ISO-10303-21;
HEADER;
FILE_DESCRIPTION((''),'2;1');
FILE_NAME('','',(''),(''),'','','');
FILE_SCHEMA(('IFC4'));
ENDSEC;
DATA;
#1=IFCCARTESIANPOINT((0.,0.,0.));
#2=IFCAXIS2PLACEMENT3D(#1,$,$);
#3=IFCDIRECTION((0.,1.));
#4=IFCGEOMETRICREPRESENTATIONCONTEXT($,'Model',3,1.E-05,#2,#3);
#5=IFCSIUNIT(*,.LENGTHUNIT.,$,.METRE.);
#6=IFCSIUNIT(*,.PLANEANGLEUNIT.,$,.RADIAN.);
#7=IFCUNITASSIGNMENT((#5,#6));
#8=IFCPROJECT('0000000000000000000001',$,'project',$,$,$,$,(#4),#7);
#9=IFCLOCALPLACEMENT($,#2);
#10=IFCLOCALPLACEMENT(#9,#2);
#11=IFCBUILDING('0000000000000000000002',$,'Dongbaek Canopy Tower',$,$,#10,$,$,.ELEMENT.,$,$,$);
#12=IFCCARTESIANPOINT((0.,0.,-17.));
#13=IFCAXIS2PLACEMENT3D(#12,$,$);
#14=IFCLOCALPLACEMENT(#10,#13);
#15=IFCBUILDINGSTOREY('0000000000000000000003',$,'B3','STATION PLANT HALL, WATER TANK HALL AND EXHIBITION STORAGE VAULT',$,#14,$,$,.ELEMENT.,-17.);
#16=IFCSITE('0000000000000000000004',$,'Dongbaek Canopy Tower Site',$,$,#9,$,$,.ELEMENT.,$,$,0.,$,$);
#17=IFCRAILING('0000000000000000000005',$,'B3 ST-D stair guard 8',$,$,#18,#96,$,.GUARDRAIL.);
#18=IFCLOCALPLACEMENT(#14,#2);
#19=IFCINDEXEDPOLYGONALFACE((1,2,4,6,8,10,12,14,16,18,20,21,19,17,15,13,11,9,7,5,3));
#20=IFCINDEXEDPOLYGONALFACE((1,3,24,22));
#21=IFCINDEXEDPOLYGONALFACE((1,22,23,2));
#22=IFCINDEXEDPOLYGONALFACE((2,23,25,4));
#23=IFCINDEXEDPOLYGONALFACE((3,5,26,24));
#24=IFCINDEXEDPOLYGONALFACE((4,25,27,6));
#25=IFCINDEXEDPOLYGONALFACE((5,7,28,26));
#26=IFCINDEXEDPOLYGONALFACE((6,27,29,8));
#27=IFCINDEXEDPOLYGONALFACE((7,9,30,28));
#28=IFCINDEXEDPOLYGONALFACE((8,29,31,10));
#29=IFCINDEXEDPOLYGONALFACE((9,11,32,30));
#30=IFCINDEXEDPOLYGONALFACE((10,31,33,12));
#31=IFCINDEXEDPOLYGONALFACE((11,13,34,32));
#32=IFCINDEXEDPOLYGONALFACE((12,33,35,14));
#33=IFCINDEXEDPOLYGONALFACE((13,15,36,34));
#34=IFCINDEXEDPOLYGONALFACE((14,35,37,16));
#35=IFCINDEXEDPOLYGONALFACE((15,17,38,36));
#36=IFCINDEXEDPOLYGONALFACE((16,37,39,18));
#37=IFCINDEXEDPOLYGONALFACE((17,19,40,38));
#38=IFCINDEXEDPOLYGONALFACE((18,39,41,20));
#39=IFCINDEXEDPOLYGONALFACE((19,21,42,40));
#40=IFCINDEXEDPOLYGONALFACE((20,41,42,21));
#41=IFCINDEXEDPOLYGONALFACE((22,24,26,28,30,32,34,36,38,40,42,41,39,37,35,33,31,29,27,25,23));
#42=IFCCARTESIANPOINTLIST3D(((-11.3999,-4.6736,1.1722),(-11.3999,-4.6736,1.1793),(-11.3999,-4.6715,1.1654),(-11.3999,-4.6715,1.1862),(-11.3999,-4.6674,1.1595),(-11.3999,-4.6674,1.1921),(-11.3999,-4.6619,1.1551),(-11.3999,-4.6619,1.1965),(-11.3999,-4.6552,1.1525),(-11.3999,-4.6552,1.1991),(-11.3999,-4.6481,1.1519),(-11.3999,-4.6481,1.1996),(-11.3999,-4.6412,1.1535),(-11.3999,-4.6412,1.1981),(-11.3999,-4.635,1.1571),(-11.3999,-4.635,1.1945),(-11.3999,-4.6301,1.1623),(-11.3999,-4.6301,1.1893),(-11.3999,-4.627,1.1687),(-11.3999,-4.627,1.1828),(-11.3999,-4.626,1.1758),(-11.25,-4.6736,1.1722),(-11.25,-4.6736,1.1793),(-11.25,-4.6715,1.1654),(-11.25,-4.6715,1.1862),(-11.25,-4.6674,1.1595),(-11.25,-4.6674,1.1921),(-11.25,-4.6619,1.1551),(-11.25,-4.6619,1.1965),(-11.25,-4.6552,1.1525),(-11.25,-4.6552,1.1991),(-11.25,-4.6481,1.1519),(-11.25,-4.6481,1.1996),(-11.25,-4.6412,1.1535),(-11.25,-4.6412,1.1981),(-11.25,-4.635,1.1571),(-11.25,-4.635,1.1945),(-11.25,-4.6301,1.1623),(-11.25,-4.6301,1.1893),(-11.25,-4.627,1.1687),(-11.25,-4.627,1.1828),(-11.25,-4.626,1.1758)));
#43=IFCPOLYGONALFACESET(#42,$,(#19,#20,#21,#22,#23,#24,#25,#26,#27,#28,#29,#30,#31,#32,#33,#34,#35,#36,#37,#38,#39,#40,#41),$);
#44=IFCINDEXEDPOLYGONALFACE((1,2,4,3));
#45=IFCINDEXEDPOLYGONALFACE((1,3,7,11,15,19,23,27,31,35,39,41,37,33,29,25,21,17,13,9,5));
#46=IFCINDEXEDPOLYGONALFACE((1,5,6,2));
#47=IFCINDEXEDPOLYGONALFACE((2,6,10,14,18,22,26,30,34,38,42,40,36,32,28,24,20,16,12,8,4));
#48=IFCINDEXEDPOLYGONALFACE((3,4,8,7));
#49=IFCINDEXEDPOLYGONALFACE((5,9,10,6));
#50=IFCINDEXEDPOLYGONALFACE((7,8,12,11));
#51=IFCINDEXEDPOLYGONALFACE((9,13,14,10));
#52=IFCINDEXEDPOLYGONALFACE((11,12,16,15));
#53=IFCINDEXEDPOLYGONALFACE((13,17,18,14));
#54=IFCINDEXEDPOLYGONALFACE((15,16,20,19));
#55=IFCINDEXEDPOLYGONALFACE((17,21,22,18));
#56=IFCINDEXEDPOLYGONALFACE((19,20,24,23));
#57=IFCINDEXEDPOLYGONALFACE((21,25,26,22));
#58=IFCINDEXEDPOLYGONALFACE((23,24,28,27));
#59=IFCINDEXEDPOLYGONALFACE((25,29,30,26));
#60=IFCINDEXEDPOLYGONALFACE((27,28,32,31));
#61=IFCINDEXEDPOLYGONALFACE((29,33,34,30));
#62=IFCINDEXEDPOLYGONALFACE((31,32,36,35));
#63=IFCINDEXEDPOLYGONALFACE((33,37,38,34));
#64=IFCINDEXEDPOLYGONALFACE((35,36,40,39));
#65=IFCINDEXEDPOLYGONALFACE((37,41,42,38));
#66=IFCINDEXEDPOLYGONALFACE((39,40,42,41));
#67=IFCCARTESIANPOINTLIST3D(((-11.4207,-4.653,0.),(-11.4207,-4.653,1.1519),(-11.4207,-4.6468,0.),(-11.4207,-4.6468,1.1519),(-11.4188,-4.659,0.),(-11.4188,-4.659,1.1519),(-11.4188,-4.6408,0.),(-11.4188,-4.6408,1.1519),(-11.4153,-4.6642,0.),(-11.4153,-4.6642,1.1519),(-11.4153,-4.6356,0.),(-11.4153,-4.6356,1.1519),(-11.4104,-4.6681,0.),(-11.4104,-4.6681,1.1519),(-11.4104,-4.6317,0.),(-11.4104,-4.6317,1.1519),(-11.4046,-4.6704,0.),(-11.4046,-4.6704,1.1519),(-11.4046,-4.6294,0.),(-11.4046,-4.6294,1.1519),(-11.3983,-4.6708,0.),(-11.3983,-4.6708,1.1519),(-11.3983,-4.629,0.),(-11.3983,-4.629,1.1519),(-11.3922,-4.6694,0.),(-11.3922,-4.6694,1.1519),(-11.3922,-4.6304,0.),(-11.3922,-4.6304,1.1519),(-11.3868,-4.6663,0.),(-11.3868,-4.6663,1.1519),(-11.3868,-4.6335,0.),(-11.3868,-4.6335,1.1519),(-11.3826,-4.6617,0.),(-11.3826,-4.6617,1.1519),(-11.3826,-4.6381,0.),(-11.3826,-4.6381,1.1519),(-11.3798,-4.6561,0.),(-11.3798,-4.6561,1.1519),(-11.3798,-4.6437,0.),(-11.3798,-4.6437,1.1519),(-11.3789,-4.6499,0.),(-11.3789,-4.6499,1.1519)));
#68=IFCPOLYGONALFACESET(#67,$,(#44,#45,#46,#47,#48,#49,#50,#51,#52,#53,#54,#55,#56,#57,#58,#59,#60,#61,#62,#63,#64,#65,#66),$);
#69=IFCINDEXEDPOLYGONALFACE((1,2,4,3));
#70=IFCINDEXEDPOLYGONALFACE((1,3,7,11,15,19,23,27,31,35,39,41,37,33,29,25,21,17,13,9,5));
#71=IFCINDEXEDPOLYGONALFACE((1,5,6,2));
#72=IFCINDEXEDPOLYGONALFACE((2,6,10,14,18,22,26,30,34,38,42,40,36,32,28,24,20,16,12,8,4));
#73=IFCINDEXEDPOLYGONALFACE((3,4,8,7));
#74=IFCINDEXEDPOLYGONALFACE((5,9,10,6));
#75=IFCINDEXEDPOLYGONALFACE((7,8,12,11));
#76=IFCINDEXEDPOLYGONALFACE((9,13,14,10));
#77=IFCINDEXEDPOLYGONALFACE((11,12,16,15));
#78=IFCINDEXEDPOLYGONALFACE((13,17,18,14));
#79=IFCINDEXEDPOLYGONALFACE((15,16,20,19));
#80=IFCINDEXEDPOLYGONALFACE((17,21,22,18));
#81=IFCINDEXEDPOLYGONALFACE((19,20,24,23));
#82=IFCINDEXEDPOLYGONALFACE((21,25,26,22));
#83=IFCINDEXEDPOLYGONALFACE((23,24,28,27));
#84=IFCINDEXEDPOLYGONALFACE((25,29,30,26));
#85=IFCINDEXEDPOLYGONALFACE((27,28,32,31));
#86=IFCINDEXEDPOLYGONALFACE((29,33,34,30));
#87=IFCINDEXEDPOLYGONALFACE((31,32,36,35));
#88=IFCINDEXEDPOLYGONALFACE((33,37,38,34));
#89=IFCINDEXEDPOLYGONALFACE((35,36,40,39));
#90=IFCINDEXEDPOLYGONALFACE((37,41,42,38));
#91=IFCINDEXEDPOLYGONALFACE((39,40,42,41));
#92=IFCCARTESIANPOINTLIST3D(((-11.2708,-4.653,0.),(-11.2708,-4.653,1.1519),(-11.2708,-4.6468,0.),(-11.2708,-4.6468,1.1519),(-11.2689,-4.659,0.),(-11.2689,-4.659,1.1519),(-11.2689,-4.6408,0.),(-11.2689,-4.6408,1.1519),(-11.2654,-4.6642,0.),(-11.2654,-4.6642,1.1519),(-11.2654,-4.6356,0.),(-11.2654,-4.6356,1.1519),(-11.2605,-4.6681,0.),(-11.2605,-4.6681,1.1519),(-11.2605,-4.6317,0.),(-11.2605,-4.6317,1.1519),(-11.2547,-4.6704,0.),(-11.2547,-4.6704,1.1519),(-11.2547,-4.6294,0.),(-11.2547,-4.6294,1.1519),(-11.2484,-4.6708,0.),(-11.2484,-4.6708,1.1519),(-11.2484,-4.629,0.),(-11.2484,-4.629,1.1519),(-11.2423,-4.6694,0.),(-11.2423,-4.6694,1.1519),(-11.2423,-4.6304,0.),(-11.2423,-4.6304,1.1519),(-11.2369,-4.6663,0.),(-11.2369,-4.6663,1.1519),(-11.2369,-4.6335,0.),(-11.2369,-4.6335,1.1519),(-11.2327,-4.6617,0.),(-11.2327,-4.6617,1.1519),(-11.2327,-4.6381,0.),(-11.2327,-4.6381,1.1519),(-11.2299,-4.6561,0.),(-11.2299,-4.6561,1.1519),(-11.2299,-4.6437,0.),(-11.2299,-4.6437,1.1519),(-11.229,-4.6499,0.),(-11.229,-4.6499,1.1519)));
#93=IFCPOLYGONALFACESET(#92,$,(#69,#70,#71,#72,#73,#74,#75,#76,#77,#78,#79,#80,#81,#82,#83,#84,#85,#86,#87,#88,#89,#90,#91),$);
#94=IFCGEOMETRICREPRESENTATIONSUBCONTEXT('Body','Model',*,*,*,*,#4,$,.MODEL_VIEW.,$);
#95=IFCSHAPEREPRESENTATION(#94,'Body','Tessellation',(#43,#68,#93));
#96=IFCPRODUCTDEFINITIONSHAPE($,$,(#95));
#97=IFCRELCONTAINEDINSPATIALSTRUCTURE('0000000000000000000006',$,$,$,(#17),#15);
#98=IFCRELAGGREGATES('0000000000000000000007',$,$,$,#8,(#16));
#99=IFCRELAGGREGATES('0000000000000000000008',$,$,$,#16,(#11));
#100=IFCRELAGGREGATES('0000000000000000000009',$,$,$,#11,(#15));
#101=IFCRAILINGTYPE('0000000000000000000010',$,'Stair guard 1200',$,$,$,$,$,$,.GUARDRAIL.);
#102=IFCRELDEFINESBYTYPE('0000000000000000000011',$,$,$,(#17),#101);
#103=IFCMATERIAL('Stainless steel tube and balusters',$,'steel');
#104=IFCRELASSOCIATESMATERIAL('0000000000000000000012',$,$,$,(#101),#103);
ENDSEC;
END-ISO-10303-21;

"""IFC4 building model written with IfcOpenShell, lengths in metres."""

from ifc_helpers import new_model, si_unit, direction, frame, origin, origin_2d, place, context, subcontext, project, spatial, circle, extrude, material, type_object, element, save


model = new_model("IFC4")

# Units and contexts
model_context = context("Model", 3, precision=1e-05, world=origin(), true_north=direction((0.0, 1.0)))
body_context = subcontext(model_context, "Body", "Model", "MODEL_VIEW")
ifc_project = project(units=[si_unit("LENGTHUNIT", "METRE"), si_unit("PLANEANGLEUNIT", "RADIAN")], contexts=[model_context])

# Site, building, storey
site_placement = place(None, origin())
site = spatial("IfcSite", under=ifc_project, at=site_placement, Name="Dongbaek Canopy Tower Site", CompositionType="ELEMENT", RefElevation=0.0)
building_placement = place(site_placement, origin())
building = spatial("IfcBuilding", under=site, at=building_placement, Name="Dongbaek Canopy Tower", CompositionType="ELEMENT")
storey_placement = place(building_placement, frame((0.0, 0.0, -17.0)))
storey = spatial("IfcBuildingStorey", under=building, at=storey_placement, Name="B3", Description="STATION PLANT HALL, WATER TANK HALL AND EXHIBITION STORAGE VAULT", CompositionType="ELEMENT", Elevation=-17.0)

# Railing
ifc_material_1 = material(Name="Stainless steel tube and balusters", Category="steel")
railing_type_1 = type_object("IfcRailingType", Name="Stair guard 1200", PredefinedType="GUARDRAIL", material=ifc_material_1)
railing_1_placement = place(storey_placement, frame((-11.3999, -4.6499, 0.0)))
element("IfcRailing", 1, at=railing_1_placement, inside=storey, type_object=railing_type_1, Name="B3 ST-D stair guard 8", PredefinedType="GUARDRAIL", context=body_context, shape_type="SweptSolid", body=[
    extrude(circle(Radius=0.0239, at=origin_2d()), frame((0.0, 0.0, 1.1758), z_axis=(1.0, 0.0, 0.0), x_axis=(0.0, 1.0, 0.0)), (0.0, 0.0, 1.0), 0.1499),
    extrude(circle(Radius=0.021, at=origin_2d()), origin(), (0.0, 0.0, 1.0), 1.1519),
    extrude(circle(Radius=0.021, at=origin_2d()), frame((0.1499, 0.0, 0.0)), (0.0, 0.0, 1.0), 1.1519),
])

save(model, "model.ifc")
